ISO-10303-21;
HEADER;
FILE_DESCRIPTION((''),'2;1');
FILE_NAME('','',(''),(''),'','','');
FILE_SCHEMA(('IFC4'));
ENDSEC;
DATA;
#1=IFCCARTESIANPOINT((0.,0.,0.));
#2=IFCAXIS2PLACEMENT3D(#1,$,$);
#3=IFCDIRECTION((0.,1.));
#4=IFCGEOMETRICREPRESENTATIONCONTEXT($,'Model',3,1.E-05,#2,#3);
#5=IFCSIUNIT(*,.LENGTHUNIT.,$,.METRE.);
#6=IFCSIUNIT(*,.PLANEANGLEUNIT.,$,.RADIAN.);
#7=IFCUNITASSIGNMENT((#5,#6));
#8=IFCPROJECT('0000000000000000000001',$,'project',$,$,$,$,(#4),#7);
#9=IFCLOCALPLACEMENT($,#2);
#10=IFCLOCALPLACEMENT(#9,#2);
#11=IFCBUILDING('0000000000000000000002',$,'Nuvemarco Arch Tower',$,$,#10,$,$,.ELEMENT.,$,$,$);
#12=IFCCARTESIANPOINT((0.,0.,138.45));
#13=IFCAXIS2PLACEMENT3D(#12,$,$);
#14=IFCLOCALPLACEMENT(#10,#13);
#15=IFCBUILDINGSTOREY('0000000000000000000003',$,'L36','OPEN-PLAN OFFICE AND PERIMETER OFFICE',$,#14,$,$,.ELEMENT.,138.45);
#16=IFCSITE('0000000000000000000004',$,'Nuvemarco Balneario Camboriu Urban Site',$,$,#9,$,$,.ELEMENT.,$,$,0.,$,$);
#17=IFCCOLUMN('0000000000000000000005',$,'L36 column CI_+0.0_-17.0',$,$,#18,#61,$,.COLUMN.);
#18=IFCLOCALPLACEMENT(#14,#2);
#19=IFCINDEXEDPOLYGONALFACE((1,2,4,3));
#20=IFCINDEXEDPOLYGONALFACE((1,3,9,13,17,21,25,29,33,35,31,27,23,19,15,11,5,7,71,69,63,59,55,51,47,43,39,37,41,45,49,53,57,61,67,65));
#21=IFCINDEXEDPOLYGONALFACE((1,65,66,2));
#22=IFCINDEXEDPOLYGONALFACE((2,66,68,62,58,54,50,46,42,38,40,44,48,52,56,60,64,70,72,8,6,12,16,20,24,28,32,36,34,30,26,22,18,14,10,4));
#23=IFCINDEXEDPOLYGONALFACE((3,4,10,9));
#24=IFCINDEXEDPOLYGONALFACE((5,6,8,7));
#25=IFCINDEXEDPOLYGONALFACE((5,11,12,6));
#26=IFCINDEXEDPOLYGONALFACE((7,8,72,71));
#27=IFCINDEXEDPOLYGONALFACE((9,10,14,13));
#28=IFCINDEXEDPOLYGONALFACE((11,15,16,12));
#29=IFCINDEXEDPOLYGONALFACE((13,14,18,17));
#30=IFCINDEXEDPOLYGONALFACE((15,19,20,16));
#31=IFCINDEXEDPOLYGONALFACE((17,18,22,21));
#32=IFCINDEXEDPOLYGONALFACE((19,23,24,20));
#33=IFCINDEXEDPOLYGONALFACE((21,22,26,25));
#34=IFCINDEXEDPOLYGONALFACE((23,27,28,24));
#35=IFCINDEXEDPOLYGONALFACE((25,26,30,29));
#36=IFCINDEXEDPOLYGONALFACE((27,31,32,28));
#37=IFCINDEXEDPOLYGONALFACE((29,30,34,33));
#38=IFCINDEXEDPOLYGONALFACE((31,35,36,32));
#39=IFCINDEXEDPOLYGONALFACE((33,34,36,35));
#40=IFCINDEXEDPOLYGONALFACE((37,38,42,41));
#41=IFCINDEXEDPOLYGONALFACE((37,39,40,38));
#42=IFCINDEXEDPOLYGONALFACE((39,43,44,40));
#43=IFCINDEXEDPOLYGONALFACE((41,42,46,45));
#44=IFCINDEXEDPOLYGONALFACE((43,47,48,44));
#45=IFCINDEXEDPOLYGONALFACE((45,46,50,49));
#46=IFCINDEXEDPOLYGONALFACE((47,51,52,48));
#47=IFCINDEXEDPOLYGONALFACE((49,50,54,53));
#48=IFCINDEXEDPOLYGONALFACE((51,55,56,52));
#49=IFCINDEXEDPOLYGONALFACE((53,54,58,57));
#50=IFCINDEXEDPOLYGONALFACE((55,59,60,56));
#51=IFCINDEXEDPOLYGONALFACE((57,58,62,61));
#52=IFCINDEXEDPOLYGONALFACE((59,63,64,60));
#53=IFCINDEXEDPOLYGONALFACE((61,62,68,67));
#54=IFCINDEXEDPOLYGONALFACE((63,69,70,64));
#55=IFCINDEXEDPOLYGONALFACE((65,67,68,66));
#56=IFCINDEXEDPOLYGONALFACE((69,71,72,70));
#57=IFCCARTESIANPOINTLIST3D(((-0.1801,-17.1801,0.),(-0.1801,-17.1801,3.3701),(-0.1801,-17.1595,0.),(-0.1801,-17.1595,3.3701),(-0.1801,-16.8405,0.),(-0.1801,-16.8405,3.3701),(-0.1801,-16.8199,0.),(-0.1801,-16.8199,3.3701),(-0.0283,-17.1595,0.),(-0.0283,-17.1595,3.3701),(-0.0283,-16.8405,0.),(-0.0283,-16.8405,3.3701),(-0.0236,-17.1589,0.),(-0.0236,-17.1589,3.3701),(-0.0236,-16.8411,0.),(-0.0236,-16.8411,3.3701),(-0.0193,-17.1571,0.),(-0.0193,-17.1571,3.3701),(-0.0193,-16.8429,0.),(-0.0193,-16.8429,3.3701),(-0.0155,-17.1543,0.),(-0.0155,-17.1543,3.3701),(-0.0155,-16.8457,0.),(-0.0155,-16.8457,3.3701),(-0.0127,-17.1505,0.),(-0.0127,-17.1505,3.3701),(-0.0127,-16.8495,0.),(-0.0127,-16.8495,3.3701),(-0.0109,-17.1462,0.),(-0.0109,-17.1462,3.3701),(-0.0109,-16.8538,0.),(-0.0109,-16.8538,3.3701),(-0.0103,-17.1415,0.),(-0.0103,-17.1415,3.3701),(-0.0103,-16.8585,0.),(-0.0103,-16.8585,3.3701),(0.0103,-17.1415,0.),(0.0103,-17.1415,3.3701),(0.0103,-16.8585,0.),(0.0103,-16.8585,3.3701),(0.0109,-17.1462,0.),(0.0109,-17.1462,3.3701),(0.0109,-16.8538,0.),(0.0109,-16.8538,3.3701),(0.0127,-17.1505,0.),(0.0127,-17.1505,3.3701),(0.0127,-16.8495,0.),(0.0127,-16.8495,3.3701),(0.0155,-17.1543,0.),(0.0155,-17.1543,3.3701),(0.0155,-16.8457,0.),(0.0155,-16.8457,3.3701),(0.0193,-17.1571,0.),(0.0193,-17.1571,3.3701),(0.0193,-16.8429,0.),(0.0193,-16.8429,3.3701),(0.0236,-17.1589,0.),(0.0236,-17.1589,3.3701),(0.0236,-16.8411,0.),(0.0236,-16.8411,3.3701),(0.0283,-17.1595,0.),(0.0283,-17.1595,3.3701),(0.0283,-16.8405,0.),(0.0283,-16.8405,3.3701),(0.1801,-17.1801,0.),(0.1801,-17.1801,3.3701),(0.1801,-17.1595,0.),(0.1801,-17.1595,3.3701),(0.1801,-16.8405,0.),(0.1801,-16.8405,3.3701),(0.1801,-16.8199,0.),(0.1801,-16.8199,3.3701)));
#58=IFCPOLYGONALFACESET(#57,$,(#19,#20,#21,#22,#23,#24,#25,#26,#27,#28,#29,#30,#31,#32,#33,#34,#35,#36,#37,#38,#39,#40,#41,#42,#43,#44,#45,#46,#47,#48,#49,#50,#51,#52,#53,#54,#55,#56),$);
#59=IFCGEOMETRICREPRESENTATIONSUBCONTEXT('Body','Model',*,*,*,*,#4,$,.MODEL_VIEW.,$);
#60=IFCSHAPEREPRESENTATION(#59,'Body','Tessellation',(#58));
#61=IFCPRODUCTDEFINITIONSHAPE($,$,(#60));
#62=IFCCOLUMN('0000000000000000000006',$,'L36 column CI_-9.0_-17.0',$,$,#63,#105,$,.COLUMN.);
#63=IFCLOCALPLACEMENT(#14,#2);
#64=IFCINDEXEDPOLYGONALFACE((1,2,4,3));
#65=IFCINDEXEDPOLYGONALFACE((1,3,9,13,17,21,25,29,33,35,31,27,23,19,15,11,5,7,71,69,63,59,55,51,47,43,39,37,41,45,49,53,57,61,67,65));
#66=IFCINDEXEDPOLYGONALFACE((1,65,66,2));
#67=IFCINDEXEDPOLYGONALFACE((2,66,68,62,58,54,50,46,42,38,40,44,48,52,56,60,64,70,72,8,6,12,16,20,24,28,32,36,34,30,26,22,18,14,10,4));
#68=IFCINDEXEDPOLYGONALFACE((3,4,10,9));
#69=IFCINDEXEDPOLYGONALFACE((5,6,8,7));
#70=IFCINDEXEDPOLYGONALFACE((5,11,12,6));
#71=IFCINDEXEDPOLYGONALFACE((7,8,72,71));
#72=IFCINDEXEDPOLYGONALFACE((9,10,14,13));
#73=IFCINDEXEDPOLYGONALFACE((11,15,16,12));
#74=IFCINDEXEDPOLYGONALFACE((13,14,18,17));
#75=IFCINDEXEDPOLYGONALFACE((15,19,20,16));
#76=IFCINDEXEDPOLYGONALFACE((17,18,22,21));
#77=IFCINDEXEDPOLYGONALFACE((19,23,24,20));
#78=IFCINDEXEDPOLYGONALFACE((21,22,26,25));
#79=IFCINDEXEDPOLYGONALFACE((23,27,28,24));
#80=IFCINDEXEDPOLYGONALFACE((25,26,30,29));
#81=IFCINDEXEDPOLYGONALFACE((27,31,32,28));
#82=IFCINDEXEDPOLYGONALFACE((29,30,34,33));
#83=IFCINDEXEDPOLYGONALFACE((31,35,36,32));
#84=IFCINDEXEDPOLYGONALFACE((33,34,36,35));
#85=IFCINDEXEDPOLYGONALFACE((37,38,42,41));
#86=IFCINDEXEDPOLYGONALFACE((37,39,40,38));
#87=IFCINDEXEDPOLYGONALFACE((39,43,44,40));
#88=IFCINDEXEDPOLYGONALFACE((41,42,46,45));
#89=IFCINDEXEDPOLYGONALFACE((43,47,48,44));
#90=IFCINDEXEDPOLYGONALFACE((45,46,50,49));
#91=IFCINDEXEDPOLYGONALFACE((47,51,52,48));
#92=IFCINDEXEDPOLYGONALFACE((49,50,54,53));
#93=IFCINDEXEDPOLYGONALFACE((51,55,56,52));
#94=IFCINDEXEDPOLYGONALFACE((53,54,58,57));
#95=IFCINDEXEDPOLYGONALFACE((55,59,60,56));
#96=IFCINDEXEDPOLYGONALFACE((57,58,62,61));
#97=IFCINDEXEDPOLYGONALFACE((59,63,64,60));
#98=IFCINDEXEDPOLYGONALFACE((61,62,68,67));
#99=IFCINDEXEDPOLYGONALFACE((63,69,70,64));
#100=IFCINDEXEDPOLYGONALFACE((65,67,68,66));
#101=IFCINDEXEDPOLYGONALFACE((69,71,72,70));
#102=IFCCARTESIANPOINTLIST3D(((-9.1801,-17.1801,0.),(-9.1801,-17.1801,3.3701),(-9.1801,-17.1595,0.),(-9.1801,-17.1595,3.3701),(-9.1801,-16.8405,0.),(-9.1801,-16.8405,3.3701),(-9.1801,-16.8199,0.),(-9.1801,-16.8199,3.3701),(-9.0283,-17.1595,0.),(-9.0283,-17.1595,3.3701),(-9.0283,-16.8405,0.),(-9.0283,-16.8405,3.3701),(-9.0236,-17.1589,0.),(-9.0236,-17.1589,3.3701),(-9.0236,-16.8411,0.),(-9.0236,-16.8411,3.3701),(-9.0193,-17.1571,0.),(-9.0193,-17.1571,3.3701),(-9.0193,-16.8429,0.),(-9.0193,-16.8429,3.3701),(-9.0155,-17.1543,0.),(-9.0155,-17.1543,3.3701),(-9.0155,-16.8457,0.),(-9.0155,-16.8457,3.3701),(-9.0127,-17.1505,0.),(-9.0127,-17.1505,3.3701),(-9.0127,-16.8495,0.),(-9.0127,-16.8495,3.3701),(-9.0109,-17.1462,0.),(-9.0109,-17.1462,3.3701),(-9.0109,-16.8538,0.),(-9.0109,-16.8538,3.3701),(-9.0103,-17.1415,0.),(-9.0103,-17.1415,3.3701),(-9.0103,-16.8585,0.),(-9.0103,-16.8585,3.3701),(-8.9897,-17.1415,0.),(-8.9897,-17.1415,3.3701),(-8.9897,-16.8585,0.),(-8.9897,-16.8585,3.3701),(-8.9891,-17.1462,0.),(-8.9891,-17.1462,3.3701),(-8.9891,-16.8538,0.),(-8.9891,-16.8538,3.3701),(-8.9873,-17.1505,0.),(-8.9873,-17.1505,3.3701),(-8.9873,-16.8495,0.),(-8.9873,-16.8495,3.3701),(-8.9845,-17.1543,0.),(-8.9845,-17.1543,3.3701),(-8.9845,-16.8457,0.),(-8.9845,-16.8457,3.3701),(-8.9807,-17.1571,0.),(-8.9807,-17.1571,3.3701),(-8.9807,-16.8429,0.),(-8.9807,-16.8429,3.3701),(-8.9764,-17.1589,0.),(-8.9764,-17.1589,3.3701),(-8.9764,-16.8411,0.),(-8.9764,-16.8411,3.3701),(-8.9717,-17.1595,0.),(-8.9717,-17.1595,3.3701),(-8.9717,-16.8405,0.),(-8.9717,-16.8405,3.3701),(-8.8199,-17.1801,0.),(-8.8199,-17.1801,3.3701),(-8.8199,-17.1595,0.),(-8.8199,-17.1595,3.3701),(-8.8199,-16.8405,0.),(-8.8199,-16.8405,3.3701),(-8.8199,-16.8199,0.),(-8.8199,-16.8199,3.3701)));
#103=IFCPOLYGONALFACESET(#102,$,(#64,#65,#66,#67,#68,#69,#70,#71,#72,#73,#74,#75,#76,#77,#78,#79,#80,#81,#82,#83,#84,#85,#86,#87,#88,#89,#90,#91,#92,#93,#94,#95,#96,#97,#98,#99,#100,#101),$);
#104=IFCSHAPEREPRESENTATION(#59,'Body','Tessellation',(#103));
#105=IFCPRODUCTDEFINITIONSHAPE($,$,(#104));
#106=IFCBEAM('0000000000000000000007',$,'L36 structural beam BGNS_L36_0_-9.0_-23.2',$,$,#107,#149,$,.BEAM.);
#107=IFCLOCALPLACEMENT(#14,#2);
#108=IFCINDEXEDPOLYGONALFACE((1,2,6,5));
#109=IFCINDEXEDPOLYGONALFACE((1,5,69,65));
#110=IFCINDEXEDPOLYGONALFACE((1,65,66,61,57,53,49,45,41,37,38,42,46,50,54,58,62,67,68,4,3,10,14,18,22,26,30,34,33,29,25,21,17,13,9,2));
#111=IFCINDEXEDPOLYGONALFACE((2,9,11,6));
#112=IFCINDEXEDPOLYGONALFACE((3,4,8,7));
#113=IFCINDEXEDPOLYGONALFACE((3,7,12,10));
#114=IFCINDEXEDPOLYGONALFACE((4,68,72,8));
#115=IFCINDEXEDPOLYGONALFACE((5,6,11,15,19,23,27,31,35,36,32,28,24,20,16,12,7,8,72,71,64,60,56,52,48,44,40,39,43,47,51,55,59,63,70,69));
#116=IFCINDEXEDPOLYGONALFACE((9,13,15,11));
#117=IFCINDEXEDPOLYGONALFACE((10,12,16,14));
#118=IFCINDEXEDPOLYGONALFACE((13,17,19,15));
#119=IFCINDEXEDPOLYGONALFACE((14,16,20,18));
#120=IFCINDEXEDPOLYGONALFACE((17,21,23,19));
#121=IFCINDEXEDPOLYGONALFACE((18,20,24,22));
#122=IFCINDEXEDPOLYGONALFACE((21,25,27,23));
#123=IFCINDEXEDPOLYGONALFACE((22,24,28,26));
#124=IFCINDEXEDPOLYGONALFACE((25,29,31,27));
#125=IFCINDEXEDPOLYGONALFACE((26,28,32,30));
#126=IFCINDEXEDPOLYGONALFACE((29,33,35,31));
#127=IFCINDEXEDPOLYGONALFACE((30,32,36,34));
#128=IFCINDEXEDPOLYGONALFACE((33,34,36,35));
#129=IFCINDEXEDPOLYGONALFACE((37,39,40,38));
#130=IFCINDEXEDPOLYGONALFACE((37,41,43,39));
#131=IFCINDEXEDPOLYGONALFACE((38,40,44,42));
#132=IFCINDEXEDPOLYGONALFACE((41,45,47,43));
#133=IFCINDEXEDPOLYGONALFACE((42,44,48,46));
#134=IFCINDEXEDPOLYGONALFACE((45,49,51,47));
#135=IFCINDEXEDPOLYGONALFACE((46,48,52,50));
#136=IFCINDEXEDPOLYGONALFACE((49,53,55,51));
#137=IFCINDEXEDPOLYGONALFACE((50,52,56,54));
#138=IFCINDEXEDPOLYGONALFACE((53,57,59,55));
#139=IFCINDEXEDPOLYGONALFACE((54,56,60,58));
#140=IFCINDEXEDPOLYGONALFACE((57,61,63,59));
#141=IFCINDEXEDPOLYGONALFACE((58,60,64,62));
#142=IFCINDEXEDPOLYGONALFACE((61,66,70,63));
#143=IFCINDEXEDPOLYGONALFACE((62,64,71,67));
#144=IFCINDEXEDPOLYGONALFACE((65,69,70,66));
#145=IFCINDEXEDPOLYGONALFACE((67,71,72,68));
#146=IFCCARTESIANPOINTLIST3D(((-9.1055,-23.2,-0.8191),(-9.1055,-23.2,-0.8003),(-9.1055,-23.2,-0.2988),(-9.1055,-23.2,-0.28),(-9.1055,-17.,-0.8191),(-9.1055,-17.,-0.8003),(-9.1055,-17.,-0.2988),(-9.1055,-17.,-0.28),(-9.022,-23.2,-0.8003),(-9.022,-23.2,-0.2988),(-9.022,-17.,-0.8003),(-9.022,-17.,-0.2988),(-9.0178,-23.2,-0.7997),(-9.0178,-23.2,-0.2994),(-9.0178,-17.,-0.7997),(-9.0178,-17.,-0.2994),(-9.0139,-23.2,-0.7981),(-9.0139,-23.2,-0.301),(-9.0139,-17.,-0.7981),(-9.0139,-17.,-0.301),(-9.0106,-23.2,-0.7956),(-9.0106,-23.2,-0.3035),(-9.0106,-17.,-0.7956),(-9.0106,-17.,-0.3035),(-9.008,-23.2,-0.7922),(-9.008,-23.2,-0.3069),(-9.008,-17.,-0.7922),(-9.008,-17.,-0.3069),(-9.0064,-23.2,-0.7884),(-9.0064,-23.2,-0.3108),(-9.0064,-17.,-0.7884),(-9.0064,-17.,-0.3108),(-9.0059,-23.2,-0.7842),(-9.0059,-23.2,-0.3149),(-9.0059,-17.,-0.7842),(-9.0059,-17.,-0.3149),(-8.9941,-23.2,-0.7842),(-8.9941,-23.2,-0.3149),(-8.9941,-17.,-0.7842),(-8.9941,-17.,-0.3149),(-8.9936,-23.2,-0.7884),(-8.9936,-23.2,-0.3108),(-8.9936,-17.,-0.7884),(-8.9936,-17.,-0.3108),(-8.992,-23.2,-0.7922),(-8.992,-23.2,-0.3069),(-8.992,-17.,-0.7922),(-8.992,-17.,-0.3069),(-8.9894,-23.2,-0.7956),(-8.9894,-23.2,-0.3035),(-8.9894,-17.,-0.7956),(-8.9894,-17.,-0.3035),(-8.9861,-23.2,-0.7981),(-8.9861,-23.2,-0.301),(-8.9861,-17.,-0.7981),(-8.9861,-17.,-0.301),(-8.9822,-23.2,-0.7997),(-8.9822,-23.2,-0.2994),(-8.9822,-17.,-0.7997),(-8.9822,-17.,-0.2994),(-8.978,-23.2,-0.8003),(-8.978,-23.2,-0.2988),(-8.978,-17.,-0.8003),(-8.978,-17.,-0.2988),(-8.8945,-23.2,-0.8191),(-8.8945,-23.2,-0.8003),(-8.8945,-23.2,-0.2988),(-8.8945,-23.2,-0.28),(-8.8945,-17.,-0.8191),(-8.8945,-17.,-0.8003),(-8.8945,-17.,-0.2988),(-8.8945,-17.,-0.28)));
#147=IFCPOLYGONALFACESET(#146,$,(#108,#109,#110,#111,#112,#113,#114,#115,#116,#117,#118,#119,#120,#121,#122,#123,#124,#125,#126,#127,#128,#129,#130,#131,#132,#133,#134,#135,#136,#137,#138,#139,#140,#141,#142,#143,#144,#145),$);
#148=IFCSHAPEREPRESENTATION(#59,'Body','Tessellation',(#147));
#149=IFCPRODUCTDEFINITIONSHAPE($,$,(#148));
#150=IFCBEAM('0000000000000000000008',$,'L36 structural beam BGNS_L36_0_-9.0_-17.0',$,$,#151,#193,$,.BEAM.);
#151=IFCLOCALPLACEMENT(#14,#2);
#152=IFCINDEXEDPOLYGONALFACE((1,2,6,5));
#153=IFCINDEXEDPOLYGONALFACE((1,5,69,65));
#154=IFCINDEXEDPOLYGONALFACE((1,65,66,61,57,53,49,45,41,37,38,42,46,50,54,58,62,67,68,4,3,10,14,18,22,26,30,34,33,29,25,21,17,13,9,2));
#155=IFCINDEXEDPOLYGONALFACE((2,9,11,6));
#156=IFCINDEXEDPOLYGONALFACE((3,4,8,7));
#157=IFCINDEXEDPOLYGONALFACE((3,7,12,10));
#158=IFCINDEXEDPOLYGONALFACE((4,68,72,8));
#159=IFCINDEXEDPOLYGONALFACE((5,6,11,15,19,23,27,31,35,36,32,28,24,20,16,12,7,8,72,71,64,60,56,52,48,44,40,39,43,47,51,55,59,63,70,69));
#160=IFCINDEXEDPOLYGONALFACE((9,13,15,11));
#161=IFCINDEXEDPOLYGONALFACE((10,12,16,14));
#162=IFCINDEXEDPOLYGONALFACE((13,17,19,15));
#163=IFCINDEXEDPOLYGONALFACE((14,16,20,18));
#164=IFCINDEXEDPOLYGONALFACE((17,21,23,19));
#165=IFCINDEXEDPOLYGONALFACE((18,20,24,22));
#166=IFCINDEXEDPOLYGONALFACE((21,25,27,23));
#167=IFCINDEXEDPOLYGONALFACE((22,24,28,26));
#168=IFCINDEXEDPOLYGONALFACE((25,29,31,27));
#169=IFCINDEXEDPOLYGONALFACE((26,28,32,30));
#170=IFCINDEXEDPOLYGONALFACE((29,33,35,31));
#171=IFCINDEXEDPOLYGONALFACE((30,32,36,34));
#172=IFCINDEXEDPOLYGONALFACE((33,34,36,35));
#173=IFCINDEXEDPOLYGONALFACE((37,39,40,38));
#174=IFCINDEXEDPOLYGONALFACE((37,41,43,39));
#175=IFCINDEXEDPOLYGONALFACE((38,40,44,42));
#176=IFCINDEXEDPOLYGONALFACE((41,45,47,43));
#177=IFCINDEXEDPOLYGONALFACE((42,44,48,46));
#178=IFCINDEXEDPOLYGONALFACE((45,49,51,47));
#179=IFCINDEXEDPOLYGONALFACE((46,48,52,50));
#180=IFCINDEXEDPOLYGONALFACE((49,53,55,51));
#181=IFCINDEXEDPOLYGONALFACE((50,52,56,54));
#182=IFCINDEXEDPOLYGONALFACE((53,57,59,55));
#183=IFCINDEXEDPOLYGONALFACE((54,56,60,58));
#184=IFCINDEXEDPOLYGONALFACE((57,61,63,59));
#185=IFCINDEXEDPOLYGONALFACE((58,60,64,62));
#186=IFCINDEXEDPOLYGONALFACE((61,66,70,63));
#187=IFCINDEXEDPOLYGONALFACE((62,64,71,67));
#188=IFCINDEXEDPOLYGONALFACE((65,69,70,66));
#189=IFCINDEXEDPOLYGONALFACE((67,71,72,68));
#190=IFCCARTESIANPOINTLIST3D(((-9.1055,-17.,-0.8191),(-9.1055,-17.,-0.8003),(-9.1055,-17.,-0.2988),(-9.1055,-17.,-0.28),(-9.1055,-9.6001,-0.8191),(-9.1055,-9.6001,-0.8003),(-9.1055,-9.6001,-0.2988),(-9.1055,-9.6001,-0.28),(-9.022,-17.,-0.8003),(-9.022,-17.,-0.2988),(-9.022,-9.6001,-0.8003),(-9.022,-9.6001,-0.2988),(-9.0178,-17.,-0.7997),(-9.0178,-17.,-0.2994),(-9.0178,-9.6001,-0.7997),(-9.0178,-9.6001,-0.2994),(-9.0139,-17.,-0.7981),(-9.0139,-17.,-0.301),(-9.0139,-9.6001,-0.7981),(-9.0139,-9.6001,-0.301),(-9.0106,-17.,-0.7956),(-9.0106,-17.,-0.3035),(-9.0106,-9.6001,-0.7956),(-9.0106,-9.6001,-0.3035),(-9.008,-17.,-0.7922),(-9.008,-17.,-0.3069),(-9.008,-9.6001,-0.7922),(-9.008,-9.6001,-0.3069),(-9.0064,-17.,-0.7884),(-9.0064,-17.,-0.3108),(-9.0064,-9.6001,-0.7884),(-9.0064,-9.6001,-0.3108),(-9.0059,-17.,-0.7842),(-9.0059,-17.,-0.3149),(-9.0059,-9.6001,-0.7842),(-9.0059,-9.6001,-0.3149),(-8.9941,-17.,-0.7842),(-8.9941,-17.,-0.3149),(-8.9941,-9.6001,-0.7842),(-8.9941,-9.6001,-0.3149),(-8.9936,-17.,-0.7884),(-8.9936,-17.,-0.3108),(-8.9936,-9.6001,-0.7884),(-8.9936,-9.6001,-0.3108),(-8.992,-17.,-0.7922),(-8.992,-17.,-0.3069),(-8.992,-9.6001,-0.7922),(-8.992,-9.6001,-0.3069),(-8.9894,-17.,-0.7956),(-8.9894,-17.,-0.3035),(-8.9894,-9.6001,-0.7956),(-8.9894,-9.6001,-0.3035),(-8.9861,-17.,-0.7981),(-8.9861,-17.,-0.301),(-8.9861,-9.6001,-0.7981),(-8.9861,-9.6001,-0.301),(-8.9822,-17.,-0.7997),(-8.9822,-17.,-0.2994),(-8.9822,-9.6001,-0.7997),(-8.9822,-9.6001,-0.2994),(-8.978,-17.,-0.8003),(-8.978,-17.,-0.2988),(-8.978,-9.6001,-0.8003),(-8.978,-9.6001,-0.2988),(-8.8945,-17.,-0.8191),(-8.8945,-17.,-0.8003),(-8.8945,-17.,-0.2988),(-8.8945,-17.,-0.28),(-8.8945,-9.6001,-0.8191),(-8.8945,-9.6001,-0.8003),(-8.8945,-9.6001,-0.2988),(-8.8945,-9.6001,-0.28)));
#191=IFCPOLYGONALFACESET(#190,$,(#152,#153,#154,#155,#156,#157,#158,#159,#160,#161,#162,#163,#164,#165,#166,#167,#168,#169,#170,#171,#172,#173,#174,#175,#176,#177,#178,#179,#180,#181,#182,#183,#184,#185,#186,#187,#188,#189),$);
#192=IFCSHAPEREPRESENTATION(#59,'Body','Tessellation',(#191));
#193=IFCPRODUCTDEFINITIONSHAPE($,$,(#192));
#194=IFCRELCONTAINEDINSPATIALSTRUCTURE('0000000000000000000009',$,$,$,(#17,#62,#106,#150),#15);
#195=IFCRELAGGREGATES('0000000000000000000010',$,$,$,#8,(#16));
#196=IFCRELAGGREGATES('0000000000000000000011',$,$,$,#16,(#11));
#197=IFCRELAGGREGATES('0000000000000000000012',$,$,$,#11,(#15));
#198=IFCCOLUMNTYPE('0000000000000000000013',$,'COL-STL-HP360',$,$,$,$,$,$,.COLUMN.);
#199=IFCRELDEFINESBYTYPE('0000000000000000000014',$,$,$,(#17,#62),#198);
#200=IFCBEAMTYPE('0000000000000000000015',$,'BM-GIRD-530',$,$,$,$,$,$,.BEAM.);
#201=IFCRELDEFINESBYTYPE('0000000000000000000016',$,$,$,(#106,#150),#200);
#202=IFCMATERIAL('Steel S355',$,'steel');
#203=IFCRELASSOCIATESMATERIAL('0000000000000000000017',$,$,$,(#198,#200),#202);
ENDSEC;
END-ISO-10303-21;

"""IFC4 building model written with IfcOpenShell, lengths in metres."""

from ifc_helpers import new_model, si_unit, direction, frame, origin, origin_2d, place, context, subcontext, project, spatial, i_section, extrude, material, material_profile, profile_set, type_object, element, save


model = new_model("IFC4")

# Units and contexts
model_context = context("Model", 3, precision=1e-05, world=origin(), true_north=direction((0.0, 1.0)))
body_context = subcontext(model_context, "Body", "Model", "MODEL_VIEW")
ifc_project = project(units=[si_unit("LENGTHUNIT", "METRE"), si_unit("PLANEANGLEUNIT", "RADIAN")], contexts=[model_context])

# Site, building, storey
site_placement = place(None, origin())
site = spatial("IfcSite", under=ifc_project, at=site_placement, Name="Nuvemarco Balneario Camboriu Urban Site", CompositionType="ELEMENT", RefElevation=0.0)
building_placement = place(site_placement, origin())
building = spatial("IfcBuilding", under=site, at=building_placement, Name="Nuvemarco Arch Tower", CompositionType="ELEMENT")
storey_placement = place(building_placement, frame((0.0, 0.0, 138.45)))
storey = spatial("IfcBuildingStorey", under=building, at=storey_placement, Name="L36", Description="OPEN-PLAN OFFICE AND PERIMETER OFFICE", CompositionType="ELEMENT", Elevation=138.45)

# Columns
ifc_material_1 = material(Name="Steel S355", Category="steel")
ifc_material_profile_1 = material_profile(ifc_material_1, i_section(OverallWidth=0.3601, OverallDepth=0.3601, WebThickness=0.0205, FlangeThickness=0.0205, FilletRadius=0.0181, at=origin_2d()), Name="HP360x174")
ifc_profile_set_1 = profile_set([ifc_material_profile_1], Name="Steel S355")
column_type_1 = type_object("IfcColumnType", Name="COL-STL-HP360", PredefinedType="COLUMN", material=ifc_profile_set_1)
for number, where, z_axis, x_axis, name in (
    (1, (0.0, -17.0, 0.0), (0.0, 0.0, 1.0), (1.0, 0.0, 0.0), "L36 column CI_+0.0_-17.0"),
    (2, (-9.0, -17.0, 0.0), (0.0, 0.0, 1.0), (1.0, 0.0, 0.0), "L36 column CI_-9.0_-17.0"),
):
    element("IfcColumn", number, at=place(storey_placement, frame(where, z_axis=z_axis, x_axis=x_axis)), inside=storey, type_object=column_type_1, Name=name, PredefinedType="COLUMN", context=body_context, shape_type="SweptSolid", body=[
        extrude(i_section(OverallWidth=0.3601, OverallDepth=0.3601, WebThickness=0.0205, FlangeThickness=0.0205, FilletRadius=0.0181, at=origin_2d()), origin(), (0.0, 0.0, 1.0), 3.3701),
    ])

# Beams
ifc_material_profile_2 = material_profile(ifc_material_1, i_section(OverallWidth=0.2109, OverallDepth=0.5391, WebThickness=0.0117, FlangeThickness=0.0188, FilletRadius=0.0161, at=origin_2d()), Name="W530x109")
ifc_profile_set_2 = profile_set([ifc_material_profile_2], Name="Steel S355")
beam_type_1 = type_object("IfcBeamType", Name="BM-GIRD-530", PredefinedType="BEAM", material=ifc_profile_set_2)
beam_1_placement = place(storey_placement, frame((-9.0, -23.2, -0.5496), z_axis=(0.0, 1.0, 0.0), x_axis=(-1.0, 0.0, 0.0)))
element("IfcBeam", 3, at=beam_1_placement, inside=storey, type_object=beam_type_1, Name="L36 structural beam BGNS_L36_0_-9.0_-23.2", PredefinedType="BEAM", context=body_context, shape_type="SweptSolid", body=[
    extrude(i_section(OverallWidth=0.2109, OverallDepth=0.5391, WebThickness=0.0117, FlangeThickness=0.0188, FilletRadius=0.0161, at=origin_2d()), origin(), (0.0, 0.0, 1.0), 6.2),
])
beam_2_placement = place(storey_placement, frame((-9.0, -17.0, -0.5496), z_axis=(0.0, 1.0, 0.0), x_axis=(-1.0, 0.0, 0.0)))
element("IfcBeam", 4, at=beam_2_placement, inside=storey, type_object=beam_type_1, Name="L36 structural beam BGNS_L36_0_-9.0_-17.0", PredefinedType="BEAM", context=body_context, shape_type="SweptSolid", body=[
    extrude(i_section(OverallWidth=0.2109, OverallDepth=0.5391, WebThickness=0.0117, FlangeThickness=0.0188, FilletRadius=0.0161, at=origin_2d()), origin(), (0.0, 0.0, 1.0), 7.3999),
])

save(model, "model.ifc")
